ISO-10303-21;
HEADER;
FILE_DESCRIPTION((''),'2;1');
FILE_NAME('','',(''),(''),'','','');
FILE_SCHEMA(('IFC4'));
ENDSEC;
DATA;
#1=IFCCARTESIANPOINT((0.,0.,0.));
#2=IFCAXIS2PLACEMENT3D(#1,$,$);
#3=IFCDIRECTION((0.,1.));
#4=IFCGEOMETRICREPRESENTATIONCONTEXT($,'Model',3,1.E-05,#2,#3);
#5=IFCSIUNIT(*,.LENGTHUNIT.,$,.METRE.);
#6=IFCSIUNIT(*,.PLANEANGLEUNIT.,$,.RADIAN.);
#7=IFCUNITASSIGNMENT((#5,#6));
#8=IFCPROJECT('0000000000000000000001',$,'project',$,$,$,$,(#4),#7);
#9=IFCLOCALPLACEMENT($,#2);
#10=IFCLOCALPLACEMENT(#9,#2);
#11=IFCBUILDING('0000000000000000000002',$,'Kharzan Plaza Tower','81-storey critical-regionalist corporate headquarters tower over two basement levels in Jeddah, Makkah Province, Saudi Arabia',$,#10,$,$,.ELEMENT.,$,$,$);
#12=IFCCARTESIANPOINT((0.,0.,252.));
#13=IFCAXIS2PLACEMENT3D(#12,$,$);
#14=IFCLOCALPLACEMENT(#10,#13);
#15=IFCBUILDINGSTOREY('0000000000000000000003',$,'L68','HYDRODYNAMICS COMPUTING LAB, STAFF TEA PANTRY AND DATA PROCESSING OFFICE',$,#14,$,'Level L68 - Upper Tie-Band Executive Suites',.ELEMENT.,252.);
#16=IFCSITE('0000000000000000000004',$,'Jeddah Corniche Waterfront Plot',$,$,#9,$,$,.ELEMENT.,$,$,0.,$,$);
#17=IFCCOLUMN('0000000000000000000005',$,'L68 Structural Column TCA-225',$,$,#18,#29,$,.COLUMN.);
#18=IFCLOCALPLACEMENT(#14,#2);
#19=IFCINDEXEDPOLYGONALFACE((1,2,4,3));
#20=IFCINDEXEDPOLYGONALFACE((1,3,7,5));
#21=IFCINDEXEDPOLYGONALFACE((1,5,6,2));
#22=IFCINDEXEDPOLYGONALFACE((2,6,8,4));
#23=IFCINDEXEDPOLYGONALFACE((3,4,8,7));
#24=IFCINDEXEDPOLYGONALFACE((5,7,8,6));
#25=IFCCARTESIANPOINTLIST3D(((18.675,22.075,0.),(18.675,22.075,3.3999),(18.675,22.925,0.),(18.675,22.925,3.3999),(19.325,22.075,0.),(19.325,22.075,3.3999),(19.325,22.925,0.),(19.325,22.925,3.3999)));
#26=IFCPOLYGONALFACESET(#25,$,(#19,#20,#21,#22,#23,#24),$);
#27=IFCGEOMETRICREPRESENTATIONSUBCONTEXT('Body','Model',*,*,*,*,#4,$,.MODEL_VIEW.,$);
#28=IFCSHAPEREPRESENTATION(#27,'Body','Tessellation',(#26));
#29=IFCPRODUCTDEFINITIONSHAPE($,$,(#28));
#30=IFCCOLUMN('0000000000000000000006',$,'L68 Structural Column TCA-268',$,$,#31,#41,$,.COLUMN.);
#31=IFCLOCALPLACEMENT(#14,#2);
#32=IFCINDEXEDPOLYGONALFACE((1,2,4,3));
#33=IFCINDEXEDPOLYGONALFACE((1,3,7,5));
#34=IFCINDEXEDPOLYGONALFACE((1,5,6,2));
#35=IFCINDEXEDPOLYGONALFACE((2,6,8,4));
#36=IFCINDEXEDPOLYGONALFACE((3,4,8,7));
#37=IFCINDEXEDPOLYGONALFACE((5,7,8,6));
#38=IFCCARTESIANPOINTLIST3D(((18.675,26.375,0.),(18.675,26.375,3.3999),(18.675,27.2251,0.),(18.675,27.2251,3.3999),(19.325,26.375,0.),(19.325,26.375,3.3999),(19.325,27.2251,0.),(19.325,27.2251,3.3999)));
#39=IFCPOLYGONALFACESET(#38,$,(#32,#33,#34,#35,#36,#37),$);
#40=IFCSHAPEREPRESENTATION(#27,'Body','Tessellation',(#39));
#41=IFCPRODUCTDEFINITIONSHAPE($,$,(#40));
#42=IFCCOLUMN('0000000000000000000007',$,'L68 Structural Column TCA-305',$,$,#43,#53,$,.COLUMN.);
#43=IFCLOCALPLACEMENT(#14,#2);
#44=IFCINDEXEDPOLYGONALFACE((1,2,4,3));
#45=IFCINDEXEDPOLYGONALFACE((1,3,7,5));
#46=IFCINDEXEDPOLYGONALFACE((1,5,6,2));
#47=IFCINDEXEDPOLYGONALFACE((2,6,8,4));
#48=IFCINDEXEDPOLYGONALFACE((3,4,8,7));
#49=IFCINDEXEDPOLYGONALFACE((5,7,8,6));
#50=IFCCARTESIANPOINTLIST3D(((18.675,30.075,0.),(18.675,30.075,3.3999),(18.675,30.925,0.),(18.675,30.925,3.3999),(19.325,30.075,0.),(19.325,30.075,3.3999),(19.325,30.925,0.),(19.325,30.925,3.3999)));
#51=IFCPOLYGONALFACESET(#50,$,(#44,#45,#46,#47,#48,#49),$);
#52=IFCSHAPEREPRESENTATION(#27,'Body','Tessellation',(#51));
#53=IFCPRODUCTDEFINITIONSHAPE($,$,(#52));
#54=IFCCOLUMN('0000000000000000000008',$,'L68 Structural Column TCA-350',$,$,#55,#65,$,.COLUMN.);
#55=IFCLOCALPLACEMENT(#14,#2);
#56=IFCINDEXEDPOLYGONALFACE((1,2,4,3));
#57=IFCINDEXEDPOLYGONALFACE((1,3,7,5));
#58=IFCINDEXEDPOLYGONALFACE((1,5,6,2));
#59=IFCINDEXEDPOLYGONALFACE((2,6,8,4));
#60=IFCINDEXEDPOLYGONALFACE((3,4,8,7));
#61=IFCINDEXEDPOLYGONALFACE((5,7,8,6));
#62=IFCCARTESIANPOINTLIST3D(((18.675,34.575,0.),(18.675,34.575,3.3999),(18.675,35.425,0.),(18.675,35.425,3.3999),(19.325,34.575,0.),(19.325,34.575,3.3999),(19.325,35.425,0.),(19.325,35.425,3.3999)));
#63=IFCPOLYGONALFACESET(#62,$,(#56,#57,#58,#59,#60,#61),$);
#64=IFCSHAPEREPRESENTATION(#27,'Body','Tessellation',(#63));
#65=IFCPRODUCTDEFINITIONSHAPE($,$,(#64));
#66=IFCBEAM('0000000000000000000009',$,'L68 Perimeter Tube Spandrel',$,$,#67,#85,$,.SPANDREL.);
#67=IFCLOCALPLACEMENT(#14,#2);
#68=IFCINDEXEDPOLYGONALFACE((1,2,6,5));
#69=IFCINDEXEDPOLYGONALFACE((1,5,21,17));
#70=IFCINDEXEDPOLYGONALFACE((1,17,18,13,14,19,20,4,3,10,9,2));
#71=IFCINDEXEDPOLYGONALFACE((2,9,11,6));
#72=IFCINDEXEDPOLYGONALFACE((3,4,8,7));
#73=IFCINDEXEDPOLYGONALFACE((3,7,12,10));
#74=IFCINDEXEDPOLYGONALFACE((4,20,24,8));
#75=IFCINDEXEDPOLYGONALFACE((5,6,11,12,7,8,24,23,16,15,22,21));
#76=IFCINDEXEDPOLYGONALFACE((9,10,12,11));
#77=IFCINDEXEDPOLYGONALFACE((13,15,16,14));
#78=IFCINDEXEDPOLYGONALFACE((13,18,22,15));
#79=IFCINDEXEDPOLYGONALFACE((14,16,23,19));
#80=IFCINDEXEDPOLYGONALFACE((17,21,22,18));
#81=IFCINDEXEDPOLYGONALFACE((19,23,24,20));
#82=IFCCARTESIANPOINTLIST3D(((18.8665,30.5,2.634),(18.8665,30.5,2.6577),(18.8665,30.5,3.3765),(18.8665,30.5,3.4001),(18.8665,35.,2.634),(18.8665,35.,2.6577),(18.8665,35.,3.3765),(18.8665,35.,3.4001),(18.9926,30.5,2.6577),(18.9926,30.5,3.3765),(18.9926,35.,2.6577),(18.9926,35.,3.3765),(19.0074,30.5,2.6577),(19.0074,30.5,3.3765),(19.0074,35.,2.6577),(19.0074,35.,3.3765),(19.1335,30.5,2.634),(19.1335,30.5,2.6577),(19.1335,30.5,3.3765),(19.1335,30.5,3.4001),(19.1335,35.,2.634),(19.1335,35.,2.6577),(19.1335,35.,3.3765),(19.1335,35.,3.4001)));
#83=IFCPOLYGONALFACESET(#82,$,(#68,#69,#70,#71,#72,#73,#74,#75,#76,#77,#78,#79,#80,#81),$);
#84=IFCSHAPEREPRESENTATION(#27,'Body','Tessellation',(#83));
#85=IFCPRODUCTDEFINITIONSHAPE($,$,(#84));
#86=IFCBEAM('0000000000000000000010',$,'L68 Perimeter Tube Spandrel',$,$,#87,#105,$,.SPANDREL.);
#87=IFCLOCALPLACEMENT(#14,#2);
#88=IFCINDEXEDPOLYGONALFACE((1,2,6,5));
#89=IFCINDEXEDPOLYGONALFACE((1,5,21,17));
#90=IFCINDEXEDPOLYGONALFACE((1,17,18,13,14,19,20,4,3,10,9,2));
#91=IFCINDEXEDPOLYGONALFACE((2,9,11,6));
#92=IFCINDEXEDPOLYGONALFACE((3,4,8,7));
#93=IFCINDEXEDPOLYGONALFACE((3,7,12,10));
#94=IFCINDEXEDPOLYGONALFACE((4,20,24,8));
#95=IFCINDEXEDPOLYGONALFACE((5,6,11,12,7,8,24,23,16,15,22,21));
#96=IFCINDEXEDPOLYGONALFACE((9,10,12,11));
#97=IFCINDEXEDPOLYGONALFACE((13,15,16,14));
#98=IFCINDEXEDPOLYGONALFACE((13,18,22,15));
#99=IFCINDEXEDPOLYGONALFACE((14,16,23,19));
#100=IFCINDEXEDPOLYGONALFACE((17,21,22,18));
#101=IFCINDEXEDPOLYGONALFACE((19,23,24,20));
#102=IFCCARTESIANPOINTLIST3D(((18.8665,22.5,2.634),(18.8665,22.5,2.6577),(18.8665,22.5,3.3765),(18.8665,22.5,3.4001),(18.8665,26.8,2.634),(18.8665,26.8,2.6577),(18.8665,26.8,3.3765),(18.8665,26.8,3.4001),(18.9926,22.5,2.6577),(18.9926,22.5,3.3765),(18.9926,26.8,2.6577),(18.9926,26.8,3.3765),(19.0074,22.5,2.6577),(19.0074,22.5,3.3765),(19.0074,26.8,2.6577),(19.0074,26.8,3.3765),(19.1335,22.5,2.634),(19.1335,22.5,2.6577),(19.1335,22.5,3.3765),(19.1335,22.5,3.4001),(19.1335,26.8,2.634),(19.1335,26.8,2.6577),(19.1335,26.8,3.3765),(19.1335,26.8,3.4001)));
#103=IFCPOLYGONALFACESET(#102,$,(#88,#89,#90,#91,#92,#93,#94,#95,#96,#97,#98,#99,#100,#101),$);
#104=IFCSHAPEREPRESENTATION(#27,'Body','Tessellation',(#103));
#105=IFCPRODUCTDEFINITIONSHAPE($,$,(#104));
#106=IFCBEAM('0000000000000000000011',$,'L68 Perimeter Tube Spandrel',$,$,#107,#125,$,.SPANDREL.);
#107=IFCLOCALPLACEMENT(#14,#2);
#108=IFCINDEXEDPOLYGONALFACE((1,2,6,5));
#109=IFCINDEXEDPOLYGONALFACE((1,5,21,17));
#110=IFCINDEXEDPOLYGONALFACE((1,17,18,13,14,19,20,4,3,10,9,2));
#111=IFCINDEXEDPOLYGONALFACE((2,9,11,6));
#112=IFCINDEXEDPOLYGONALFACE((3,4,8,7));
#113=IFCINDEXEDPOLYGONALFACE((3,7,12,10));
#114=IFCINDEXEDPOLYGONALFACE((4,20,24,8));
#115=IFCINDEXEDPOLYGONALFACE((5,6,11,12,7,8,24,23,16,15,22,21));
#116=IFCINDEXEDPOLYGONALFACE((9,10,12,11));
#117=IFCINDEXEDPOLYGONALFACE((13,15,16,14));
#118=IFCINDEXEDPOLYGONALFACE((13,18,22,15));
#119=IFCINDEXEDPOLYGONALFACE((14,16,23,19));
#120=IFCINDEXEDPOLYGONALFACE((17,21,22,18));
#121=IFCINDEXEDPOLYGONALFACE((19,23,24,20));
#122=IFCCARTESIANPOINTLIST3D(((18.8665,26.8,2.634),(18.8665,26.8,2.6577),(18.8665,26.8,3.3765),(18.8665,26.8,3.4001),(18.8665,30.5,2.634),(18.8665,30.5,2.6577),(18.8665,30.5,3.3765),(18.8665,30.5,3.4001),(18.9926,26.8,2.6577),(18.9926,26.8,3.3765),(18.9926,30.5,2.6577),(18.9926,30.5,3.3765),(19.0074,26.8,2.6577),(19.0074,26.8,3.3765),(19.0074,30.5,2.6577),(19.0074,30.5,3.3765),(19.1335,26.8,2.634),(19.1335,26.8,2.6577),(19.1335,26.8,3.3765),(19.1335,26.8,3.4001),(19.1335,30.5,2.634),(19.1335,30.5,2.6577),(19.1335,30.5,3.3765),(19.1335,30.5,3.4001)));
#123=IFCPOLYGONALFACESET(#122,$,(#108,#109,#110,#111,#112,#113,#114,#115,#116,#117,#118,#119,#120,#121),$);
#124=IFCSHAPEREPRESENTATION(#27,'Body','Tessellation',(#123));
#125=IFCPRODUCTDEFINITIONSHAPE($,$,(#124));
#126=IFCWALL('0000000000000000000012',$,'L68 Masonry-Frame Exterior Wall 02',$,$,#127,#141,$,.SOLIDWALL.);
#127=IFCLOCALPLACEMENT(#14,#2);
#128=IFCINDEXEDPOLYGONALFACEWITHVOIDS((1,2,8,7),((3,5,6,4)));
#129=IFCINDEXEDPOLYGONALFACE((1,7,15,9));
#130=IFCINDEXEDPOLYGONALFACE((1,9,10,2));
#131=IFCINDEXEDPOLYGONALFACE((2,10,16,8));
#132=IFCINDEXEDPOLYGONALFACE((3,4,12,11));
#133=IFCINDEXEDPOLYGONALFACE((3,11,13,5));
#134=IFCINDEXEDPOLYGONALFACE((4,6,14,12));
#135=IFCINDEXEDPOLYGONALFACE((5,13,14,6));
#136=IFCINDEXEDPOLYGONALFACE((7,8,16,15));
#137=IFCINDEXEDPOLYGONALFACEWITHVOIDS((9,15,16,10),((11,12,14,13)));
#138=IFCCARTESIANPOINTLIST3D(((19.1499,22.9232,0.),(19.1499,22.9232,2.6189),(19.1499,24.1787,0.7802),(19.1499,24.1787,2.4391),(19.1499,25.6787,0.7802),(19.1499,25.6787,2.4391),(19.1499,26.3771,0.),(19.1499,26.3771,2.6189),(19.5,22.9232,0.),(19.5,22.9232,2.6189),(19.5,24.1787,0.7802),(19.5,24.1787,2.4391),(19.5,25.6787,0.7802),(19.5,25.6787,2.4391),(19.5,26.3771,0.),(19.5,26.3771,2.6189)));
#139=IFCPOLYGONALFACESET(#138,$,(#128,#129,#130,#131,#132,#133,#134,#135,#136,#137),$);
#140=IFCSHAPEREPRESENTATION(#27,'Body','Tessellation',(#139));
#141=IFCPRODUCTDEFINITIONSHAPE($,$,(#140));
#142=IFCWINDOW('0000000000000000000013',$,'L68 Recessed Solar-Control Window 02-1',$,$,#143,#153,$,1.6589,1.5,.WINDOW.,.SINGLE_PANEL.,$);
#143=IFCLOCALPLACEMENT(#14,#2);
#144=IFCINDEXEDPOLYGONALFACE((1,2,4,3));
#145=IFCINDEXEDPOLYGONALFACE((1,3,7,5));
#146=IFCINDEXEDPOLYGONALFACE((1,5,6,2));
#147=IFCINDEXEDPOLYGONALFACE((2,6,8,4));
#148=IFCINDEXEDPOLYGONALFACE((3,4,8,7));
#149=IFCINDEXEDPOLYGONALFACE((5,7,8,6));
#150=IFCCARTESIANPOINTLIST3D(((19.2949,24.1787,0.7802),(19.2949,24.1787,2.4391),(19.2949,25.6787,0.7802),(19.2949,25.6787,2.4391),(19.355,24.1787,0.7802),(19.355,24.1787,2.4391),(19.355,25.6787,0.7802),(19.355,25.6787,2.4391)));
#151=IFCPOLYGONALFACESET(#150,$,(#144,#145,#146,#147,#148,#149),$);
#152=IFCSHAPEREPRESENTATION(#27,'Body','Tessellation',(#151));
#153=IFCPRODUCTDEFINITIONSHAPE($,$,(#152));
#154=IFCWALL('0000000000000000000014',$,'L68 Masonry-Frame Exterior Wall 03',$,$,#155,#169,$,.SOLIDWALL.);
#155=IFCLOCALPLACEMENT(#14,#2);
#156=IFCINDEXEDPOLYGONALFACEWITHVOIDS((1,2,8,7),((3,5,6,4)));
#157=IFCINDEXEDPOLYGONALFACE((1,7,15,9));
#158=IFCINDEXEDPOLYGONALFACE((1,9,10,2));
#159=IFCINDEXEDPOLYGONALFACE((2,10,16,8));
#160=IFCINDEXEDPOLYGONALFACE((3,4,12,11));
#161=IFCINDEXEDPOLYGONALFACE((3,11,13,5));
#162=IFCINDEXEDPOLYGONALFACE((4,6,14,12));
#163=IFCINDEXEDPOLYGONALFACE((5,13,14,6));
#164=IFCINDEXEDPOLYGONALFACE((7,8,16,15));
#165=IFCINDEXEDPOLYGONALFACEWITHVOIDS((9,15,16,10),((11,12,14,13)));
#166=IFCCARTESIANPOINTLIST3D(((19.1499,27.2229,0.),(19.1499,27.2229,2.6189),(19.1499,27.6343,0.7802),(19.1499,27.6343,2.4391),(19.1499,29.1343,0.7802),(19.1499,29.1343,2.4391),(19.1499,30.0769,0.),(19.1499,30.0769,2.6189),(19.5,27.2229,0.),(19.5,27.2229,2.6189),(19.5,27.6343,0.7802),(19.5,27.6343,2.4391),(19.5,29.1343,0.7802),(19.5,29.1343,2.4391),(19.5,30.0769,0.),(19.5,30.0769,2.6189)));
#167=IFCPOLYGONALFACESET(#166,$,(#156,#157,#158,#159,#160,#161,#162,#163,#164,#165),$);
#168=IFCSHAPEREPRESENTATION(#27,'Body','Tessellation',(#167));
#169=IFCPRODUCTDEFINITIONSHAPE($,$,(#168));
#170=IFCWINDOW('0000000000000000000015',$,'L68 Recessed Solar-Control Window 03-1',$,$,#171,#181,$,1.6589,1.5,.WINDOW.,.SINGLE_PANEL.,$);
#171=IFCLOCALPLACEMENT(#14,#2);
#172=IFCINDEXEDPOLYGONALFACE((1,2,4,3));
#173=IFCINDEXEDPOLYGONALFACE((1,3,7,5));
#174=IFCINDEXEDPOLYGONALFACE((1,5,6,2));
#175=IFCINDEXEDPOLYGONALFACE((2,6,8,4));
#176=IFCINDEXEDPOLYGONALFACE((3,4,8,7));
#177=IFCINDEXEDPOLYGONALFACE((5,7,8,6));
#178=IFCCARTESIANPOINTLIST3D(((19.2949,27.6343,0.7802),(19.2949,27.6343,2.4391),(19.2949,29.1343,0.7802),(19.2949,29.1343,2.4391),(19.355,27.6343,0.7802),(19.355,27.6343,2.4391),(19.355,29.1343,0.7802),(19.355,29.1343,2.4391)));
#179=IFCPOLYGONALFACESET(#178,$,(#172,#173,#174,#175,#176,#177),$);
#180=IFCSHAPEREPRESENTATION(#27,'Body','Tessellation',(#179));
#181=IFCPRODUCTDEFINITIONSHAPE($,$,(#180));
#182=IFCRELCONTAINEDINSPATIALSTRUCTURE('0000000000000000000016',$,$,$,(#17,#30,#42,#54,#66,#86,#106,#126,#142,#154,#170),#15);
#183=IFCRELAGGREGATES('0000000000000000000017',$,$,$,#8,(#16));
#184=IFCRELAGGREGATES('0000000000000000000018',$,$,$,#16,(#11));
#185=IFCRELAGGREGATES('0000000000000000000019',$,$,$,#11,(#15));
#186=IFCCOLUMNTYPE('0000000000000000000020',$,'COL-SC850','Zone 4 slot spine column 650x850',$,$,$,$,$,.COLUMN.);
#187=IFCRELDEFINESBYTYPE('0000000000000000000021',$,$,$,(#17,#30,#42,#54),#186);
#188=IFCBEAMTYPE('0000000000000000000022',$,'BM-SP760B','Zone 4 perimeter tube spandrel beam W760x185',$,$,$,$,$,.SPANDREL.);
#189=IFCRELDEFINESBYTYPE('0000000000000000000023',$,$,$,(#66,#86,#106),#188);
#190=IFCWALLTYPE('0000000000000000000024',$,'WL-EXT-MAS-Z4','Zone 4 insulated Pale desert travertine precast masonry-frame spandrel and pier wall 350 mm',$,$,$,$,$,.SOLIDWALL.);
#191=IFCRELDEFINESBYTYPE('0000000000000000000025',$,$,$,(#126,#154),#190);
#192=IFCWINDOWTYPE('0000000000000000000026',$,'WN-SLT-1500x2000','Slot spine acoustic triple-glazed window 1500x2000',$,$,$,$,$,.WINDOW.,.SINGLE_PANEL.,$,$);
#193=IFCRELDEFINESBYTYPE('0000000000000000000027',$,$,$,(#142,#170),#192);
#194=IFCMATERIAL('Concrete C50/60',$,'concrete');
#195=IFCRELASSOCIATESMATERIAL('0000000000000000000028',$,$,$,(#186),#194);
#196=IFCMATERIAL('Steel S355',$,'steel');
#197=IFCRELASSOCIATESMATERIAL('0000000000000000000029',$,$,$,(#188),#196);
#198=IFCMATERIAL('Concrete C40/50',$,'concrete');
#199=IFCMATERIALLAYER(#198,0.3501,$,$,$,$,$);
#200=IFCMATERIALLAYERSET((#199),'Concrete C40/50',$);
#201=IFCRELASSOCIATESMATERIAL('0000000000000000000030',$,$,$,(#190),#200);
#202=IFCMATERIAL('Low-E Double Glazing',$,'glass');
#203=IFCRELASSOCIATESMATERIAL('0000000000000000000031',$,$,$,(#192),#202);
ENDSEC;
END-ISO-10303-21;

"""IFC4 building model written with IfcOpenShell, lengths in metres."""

from ifc_helpers import new_model, si_unit, direction, frame, frame_2d, origin, origin_2d, place, context, subcontext, project, spatial, rectangle, i_section, extrude, source, transform, mapped, material, layer, layer_set, material_profile, profile_set, type_object, element, fill, save


model = new_model("IFC4")

# Units and contexts
model_context = context("Model", 3, precision=1e-05, world=origin(), true_north=direction((0.0, 1.0)))
body_context = subcontext(model_context, "Body", "Model", "MODEL_VIEW")
ifc_project = project(units=[si_unit("LENGTHUNIT", "METRE"), si_unit("PLANEANGLEUNIT", "RADIAN")], contexts=[model_context])

# Site, building, storey
site_placement = place(None, origin())
site = spatial("IfcSite", under=ifc_project, at=site_placement, Name="Jeddah Corniche Waterfront Plot", CompositionType="ELEMENT", RefElevation=0.0)
building_placement = place(site_placement, origin())
building = spatial("IfcBuilding", under=site, at=building_placement, Name="Kharzan Plaza Tower", Description="81-storey critical-regionalist corporate headquarters tower over two basement levels in Jeddah, Makkah Province, Saudi Arabia", CompositionType="ELEMENT")
storey_placement = place(building_placement, frame((0.0, 0.0, 252.0)))
storey = spatial("IfcBuildingStorey", under=building, at=storey_placement, Name="L68", Description="HYDRODYNAMICS COMPUTING LAB, STAFF TEA PANTRY AND DATA PROCESSING OFFICE", LongName="Level L68 - Upper Tie-Band Executive Suites", CompositionType="ELEMENT", Elevation=252.0)

# Columns
ifc_material_1 = material(Name="Concrete C50/60", Category="concrete")
ifc_material_profile_1 = material_profile(ifc_material_1, rectangle(XDim=0.6499, YDim=0.8501, at=origin_2d()), Name="RC-SC850x650")
ifc_profile_set_1 = profile_set([ifc_material_profile_1], Name="Concrete C50/60")
column_type = type_object("IfcColumnType", Name="COL-SC850", Description="Zone 4 slot spine column 650x850", PredefinedType="COLUMN", material=ifc_profile_set_1)
shared_shape_1 = source(origin(), body_context, "Body", "SweptSolid", [
    extrude(rectangle(XDim=0.6499, YDim=0.8501, at=origin_2d()), origin(), (0.0, 0.0, 1.0), 3.3999),
])
for number, where, z_axis, x_axis, name in (
    (1, (19.0, 22.5, 0.0), (0.0, 0.0, 1.0), (1.0, 0.0, 0.0), "L68 Structural Column TCA-225"),
    (2, (19.0, 26.8, 0.0), (0.0, 0.0, 1.0), (1.0, 0.0, 0.0), "L68 Structural Column TCA-268"),
    (3, (19.0, 30.5, 0.0), (0.0, 0.0, 1.0), (1.0, 0.0, 0.0), "L68 Structural Column TCA-305"),
    (4, (19.0, 35.0, 0.0), (0.0, 0.0, 1.0), (1.0, 0.0, 0.0), "L68 Structural Column TCA-350"),
):
    element("IfcColumn", number, at=place(storey_placement, frame(where, z_axis=z_axis, x_axis=x_axis)), inside=storey, type_object=column_type, Name=name, PredefinedType="COLUMN", context=body_context, shape_type="MappedRepresentation", body=[
        mapped(shared_shape_1, transform((0.0, 0.0, 0.0), x_axis=(1.0, 0.0, 0.0), y_axis=(0.0, 1.0, 0.0), z_axis=(0.0, 0.0, 1.0))),
    ])

# Beams
ifc_material_2 = material(Name="Steel S355", Category="steel")
ifc_material_profile_2 = material_profile(ifc_material_2, i_section(OverallWidth=0.2671, OverallDepth=0.7661, WebThickness=0.0149, FlangeThickness=0.0237, at=origin_2d()), Name="W760x185")
ifc_profile_set_2 = profile_set([ifc_material_profile_2], Name="Steel S355")
beam_type = type_object("IfcBeamType", Name="BM-SP760B", Description="Zone 4 perimeter tube spandrel beam W760x185", PredefinedType="SPANDREL", material=ifc_profile_set_2)
shared_shape_2 = source(origin(), body_context, "Body", "SweptSolid", [
    extrude(i_section(OverallWidth=0.2671, OverallDepth=0.7661, WebThickness=0.0149, FlangeThickness=0.0237, at=origin_2d()), origin(), (0.0, 0.0, 1.0), 4.5),
])
beam_1_placement = place(storey_placement, frame((19.0, 30.5, 3.0171), z_axis=(0.0, 1.0, 0.0), x_axis=(-1.0, 0.0, 0.0)))
element("IfcBeam", 5, at=beam_1_placement, inside=storey, type_object=beam_type, Name="L68 Perimeter Tube Spandrel", PredefinedType="SPANDREL", context=body_context, shape_type="MappedRepresentation", body=[
    mapped(shared_shape_2, transform((0.0, 0.0, 0.0), x_axis=(1.0, 0.0, 0.0), y_axis=(0.0, 1.0, 0.0), z_axis=(0.0, 0.0, 1.0))),
])
shared_shape_3 = source(origin(), body_context, "Body", "SweptSolid", [
    extrude(i_section(OverallWidth=0.2671, OverallDepth=0.7661, WebThickness=0.0149, FlangeThickness=0.0237, at=origin_2d()), origin(), (0.0, 0.0, 1.0), 4.3),
])
beam_2_placement = place(storey_placement, frame((19.0, 22.5, 3.0171), z_axis=(0.0, 1.0, 0.0), x_axis=(-1.0, 0.0, 0.0)))
element("IfcBeam", 6, at=beam_2_placement, inside=storey, type_object=beam_type, Name="L68 Perimeter Tube Spandrel", PredefinedType="SPANDREL", context=body_context, shape_type="MappedRepresentation", body=[
    mapped(shared_shape_3, transform((0.0, 0.0, 0.0), x_axis=(1.0, 0.0, 0.0), y_axis=(0.0, 1.0, 0.0), z_axis=(0.0, 0.0, 1.0))),
])
shared_shape_4 = source(origin(), body_context, "Body", "SweptSolid", [
    extrude(i_section(OverallWidth=0.2671, OverallDepth=0.7661, WebThickness=0.0149, FlangeThickness=0.0237, at=origin_2d()), origin(), (0.0, 0.0, 1.0), 3.7),
])
beam_3_placement = place(storey_placement, frame((19.0, 26.8, 3.0171), z_axis=(0.0, 1.0, 0.0), x_axis=(-1.0, 0.0, 0.0)))
element("IfcBeam", 7, at=beam_3_placement, inside=storey, type_object=beam_type, Name="L68 Perimeter Tube Spandrel", PredefinedType="SPANDREL", context=body_context, shape_type="MappedRepresentation", body=[
    mapped(shared_shape_4, transform((0.0, 0.0, 0.0), x_axis=(1.0, 0.0, 0.0), y_axis=(0.0, 1.0, 0.0), z_axis=(0.0, 0.0, 1.0))),
])

# Walls, openings, windows
ifc_material_3 = material(Name="Concrete C40/50", Category="concrete")
ifc_layer_1 = layer(ifc_material_3, 0.3501)
ifc_layer_set_1 = layer_set([ifc_layer_1], Name="Concrete C40/50")
wall_type_1 = type_object("IfcWallType", Name="WL-EXT-MAS-Z4", Description="Zone 4 insulated Pale desert travertine precast masonry-frame spandrel and pier wall 350 mm", PredefinedType="SOLIDWALL", material=ifc_layer_set_1)
wall_1_placement = place(storey_placement, frame((19.325, 22.9231, 0.0), z_axis=(0.0, 0.0, 1.0), x_axis=(0.0, 1.0, 0.0)))
wall_1 = element("IfcWall", 8, at=wall_1_placement, inside=storey, type_object=wall_type_1, Name="L68 Masonry-Frame Exterior Wall 02", PredefinedType="SOLIDWALL", context=body_context, shape_type="SweptSolid", body=[
    extrude(rectangle(XDim=3.4539, YDim=0.3501, at=frame_2d((1.7271, 0.0))), origin(), (0.0, 0.0, 1.0), 2.6189),
])
opening_1_placement = place(wall_1_placement, frame((1.2556, 0.0, 0.78)))
opening_1 = element("IfcOpeningElement", 9, at=opening_1_placement, cuts=wall_1, PredefinedType="OPENING", context=body_context, shape_type="SweptSolid", body=[
    extrude(rectangle(XDim=1.5, YDim=1.6589, at=frame_2d((0.75, 0.8296))), frame((0.0, 0.1851, 0.0), z_axis=(0.0, -1.0, 0.0), x_axis=(1.0, 0.0, 0.0)), (0.0, 0.0, 1.0), 0.3701),
])
ifc_material_4 = material(Name="Low-E Double Glazing", Category="glass")
window_type_1 = type_object("IfcWindowType", Name="WN-SLT-1500x2000", Description="Slot spine acoustic triple-glazed window 1500x2000", PartitioningType="SINGLE_PANEL", PredefinedType="WINDOW", material=ifc_material_4)
shared_shape_5 = source(origin(), body_context, "Body", "SweptSolid", [
    extrude(rectangle(XDim=1.5, YDim=1.6589, at=frame_2d((0.75, 0.8296))), frame((0.0, 0.03, 0.0), z_axis=(0.0, -1.0, 0.0), x_axis=(1.0, 0.0, 0.0)), (0.0, 0.0, 1.0), 0.0601),
])
window_1_placement = place(opening_1_placement, origin())
window_1 = element("IfcWindow", 10, at=window_1_placement, inside=storey, type_object=window_type_1, Name="L68 Recessed Solar-Control Window 02-1", OverallHeight=1.6589, OverallWidth=1.5, PartitioningType="SINGLE_PANEL", PredefinedType="WINDOW", context=body_context, shape_type="MappedRepresentation", body=[
    mapped(shared_shape_5, transform((0.0, 0.0, 0.0), x_axis=(1.0, 0.0, 0.0), y_axis=(0.0, 1.0, 0.0), z_axis=(0.0, 0.0, 1.0))),
])
fill(opening_1, window_1)
wall_2_placement = place(storey_placement, frame((19.325, 27.2229, 0.0), z_axis=(0.0, 0.0, 1.0), x_axis=(0.0, 1.0, 0.0)))
wall_2 = element("IfcWall", 11, at=wall_2_placement, inside=storey, type_object=wall_type_1, Name="L68 Masonry-Frame Exterior Wall 03", PredefinedType="SOLIDWALL", context=body_context, shape_type="SweptSolid", body=[
    extrude(rectangle(XDim=2.854, YDim=0.3501, at=frame_2d((1.427, 0.0))), origin(), (0.0, 0.0, 1.0), 2.6189),
])
opening_2_placement = place(wall_2_placement, frame((0.4114, 0.0, 0.78)))
opening_2 = element("IfcOpeningElement", 12, at=opening_2_placement, cuts=wall_2, PredefinedType="OPENING", context=body_context, shape_type="SweptSolid", body=[
    extrude(rectangle(XDim=1.5, YDim=1.6589, at=frame_2d((0.75, 0.8296))), frame((0.0, 0.1851, 0.0), z_axis=(0.0, -1.0, 0.0), x_axis=(1.0, 0.0, 0.0)), (0.0, 0.0, 1.0), 0.3701),
])
window_2_placement = place(opening_2_placement, origin())
window_2 = element("IfcWindow", 13, at=window_2_placement, inside=storey, type_object=window_type_1, Name="L68 Recessed Solar-Control Window 03-1", OverallHeight=1.6589, OverallWidth=1.5, PartitioningType="SINGLE_PANEL", PredefinedType="WINDOW", context=body_context, shape_type="MappedRepresentation", body=[
    mapped(shared_shape_5, transform((0.0, 0.0, 0.0), x_axis=(1.0, 0.0, 0.0), y_axis=(0.0, 1.0, 0.0), z_axis=(0.0, 0.0, 1.0))),
])
fill(opening_2, window_2)

save(model, "model.ifc")
